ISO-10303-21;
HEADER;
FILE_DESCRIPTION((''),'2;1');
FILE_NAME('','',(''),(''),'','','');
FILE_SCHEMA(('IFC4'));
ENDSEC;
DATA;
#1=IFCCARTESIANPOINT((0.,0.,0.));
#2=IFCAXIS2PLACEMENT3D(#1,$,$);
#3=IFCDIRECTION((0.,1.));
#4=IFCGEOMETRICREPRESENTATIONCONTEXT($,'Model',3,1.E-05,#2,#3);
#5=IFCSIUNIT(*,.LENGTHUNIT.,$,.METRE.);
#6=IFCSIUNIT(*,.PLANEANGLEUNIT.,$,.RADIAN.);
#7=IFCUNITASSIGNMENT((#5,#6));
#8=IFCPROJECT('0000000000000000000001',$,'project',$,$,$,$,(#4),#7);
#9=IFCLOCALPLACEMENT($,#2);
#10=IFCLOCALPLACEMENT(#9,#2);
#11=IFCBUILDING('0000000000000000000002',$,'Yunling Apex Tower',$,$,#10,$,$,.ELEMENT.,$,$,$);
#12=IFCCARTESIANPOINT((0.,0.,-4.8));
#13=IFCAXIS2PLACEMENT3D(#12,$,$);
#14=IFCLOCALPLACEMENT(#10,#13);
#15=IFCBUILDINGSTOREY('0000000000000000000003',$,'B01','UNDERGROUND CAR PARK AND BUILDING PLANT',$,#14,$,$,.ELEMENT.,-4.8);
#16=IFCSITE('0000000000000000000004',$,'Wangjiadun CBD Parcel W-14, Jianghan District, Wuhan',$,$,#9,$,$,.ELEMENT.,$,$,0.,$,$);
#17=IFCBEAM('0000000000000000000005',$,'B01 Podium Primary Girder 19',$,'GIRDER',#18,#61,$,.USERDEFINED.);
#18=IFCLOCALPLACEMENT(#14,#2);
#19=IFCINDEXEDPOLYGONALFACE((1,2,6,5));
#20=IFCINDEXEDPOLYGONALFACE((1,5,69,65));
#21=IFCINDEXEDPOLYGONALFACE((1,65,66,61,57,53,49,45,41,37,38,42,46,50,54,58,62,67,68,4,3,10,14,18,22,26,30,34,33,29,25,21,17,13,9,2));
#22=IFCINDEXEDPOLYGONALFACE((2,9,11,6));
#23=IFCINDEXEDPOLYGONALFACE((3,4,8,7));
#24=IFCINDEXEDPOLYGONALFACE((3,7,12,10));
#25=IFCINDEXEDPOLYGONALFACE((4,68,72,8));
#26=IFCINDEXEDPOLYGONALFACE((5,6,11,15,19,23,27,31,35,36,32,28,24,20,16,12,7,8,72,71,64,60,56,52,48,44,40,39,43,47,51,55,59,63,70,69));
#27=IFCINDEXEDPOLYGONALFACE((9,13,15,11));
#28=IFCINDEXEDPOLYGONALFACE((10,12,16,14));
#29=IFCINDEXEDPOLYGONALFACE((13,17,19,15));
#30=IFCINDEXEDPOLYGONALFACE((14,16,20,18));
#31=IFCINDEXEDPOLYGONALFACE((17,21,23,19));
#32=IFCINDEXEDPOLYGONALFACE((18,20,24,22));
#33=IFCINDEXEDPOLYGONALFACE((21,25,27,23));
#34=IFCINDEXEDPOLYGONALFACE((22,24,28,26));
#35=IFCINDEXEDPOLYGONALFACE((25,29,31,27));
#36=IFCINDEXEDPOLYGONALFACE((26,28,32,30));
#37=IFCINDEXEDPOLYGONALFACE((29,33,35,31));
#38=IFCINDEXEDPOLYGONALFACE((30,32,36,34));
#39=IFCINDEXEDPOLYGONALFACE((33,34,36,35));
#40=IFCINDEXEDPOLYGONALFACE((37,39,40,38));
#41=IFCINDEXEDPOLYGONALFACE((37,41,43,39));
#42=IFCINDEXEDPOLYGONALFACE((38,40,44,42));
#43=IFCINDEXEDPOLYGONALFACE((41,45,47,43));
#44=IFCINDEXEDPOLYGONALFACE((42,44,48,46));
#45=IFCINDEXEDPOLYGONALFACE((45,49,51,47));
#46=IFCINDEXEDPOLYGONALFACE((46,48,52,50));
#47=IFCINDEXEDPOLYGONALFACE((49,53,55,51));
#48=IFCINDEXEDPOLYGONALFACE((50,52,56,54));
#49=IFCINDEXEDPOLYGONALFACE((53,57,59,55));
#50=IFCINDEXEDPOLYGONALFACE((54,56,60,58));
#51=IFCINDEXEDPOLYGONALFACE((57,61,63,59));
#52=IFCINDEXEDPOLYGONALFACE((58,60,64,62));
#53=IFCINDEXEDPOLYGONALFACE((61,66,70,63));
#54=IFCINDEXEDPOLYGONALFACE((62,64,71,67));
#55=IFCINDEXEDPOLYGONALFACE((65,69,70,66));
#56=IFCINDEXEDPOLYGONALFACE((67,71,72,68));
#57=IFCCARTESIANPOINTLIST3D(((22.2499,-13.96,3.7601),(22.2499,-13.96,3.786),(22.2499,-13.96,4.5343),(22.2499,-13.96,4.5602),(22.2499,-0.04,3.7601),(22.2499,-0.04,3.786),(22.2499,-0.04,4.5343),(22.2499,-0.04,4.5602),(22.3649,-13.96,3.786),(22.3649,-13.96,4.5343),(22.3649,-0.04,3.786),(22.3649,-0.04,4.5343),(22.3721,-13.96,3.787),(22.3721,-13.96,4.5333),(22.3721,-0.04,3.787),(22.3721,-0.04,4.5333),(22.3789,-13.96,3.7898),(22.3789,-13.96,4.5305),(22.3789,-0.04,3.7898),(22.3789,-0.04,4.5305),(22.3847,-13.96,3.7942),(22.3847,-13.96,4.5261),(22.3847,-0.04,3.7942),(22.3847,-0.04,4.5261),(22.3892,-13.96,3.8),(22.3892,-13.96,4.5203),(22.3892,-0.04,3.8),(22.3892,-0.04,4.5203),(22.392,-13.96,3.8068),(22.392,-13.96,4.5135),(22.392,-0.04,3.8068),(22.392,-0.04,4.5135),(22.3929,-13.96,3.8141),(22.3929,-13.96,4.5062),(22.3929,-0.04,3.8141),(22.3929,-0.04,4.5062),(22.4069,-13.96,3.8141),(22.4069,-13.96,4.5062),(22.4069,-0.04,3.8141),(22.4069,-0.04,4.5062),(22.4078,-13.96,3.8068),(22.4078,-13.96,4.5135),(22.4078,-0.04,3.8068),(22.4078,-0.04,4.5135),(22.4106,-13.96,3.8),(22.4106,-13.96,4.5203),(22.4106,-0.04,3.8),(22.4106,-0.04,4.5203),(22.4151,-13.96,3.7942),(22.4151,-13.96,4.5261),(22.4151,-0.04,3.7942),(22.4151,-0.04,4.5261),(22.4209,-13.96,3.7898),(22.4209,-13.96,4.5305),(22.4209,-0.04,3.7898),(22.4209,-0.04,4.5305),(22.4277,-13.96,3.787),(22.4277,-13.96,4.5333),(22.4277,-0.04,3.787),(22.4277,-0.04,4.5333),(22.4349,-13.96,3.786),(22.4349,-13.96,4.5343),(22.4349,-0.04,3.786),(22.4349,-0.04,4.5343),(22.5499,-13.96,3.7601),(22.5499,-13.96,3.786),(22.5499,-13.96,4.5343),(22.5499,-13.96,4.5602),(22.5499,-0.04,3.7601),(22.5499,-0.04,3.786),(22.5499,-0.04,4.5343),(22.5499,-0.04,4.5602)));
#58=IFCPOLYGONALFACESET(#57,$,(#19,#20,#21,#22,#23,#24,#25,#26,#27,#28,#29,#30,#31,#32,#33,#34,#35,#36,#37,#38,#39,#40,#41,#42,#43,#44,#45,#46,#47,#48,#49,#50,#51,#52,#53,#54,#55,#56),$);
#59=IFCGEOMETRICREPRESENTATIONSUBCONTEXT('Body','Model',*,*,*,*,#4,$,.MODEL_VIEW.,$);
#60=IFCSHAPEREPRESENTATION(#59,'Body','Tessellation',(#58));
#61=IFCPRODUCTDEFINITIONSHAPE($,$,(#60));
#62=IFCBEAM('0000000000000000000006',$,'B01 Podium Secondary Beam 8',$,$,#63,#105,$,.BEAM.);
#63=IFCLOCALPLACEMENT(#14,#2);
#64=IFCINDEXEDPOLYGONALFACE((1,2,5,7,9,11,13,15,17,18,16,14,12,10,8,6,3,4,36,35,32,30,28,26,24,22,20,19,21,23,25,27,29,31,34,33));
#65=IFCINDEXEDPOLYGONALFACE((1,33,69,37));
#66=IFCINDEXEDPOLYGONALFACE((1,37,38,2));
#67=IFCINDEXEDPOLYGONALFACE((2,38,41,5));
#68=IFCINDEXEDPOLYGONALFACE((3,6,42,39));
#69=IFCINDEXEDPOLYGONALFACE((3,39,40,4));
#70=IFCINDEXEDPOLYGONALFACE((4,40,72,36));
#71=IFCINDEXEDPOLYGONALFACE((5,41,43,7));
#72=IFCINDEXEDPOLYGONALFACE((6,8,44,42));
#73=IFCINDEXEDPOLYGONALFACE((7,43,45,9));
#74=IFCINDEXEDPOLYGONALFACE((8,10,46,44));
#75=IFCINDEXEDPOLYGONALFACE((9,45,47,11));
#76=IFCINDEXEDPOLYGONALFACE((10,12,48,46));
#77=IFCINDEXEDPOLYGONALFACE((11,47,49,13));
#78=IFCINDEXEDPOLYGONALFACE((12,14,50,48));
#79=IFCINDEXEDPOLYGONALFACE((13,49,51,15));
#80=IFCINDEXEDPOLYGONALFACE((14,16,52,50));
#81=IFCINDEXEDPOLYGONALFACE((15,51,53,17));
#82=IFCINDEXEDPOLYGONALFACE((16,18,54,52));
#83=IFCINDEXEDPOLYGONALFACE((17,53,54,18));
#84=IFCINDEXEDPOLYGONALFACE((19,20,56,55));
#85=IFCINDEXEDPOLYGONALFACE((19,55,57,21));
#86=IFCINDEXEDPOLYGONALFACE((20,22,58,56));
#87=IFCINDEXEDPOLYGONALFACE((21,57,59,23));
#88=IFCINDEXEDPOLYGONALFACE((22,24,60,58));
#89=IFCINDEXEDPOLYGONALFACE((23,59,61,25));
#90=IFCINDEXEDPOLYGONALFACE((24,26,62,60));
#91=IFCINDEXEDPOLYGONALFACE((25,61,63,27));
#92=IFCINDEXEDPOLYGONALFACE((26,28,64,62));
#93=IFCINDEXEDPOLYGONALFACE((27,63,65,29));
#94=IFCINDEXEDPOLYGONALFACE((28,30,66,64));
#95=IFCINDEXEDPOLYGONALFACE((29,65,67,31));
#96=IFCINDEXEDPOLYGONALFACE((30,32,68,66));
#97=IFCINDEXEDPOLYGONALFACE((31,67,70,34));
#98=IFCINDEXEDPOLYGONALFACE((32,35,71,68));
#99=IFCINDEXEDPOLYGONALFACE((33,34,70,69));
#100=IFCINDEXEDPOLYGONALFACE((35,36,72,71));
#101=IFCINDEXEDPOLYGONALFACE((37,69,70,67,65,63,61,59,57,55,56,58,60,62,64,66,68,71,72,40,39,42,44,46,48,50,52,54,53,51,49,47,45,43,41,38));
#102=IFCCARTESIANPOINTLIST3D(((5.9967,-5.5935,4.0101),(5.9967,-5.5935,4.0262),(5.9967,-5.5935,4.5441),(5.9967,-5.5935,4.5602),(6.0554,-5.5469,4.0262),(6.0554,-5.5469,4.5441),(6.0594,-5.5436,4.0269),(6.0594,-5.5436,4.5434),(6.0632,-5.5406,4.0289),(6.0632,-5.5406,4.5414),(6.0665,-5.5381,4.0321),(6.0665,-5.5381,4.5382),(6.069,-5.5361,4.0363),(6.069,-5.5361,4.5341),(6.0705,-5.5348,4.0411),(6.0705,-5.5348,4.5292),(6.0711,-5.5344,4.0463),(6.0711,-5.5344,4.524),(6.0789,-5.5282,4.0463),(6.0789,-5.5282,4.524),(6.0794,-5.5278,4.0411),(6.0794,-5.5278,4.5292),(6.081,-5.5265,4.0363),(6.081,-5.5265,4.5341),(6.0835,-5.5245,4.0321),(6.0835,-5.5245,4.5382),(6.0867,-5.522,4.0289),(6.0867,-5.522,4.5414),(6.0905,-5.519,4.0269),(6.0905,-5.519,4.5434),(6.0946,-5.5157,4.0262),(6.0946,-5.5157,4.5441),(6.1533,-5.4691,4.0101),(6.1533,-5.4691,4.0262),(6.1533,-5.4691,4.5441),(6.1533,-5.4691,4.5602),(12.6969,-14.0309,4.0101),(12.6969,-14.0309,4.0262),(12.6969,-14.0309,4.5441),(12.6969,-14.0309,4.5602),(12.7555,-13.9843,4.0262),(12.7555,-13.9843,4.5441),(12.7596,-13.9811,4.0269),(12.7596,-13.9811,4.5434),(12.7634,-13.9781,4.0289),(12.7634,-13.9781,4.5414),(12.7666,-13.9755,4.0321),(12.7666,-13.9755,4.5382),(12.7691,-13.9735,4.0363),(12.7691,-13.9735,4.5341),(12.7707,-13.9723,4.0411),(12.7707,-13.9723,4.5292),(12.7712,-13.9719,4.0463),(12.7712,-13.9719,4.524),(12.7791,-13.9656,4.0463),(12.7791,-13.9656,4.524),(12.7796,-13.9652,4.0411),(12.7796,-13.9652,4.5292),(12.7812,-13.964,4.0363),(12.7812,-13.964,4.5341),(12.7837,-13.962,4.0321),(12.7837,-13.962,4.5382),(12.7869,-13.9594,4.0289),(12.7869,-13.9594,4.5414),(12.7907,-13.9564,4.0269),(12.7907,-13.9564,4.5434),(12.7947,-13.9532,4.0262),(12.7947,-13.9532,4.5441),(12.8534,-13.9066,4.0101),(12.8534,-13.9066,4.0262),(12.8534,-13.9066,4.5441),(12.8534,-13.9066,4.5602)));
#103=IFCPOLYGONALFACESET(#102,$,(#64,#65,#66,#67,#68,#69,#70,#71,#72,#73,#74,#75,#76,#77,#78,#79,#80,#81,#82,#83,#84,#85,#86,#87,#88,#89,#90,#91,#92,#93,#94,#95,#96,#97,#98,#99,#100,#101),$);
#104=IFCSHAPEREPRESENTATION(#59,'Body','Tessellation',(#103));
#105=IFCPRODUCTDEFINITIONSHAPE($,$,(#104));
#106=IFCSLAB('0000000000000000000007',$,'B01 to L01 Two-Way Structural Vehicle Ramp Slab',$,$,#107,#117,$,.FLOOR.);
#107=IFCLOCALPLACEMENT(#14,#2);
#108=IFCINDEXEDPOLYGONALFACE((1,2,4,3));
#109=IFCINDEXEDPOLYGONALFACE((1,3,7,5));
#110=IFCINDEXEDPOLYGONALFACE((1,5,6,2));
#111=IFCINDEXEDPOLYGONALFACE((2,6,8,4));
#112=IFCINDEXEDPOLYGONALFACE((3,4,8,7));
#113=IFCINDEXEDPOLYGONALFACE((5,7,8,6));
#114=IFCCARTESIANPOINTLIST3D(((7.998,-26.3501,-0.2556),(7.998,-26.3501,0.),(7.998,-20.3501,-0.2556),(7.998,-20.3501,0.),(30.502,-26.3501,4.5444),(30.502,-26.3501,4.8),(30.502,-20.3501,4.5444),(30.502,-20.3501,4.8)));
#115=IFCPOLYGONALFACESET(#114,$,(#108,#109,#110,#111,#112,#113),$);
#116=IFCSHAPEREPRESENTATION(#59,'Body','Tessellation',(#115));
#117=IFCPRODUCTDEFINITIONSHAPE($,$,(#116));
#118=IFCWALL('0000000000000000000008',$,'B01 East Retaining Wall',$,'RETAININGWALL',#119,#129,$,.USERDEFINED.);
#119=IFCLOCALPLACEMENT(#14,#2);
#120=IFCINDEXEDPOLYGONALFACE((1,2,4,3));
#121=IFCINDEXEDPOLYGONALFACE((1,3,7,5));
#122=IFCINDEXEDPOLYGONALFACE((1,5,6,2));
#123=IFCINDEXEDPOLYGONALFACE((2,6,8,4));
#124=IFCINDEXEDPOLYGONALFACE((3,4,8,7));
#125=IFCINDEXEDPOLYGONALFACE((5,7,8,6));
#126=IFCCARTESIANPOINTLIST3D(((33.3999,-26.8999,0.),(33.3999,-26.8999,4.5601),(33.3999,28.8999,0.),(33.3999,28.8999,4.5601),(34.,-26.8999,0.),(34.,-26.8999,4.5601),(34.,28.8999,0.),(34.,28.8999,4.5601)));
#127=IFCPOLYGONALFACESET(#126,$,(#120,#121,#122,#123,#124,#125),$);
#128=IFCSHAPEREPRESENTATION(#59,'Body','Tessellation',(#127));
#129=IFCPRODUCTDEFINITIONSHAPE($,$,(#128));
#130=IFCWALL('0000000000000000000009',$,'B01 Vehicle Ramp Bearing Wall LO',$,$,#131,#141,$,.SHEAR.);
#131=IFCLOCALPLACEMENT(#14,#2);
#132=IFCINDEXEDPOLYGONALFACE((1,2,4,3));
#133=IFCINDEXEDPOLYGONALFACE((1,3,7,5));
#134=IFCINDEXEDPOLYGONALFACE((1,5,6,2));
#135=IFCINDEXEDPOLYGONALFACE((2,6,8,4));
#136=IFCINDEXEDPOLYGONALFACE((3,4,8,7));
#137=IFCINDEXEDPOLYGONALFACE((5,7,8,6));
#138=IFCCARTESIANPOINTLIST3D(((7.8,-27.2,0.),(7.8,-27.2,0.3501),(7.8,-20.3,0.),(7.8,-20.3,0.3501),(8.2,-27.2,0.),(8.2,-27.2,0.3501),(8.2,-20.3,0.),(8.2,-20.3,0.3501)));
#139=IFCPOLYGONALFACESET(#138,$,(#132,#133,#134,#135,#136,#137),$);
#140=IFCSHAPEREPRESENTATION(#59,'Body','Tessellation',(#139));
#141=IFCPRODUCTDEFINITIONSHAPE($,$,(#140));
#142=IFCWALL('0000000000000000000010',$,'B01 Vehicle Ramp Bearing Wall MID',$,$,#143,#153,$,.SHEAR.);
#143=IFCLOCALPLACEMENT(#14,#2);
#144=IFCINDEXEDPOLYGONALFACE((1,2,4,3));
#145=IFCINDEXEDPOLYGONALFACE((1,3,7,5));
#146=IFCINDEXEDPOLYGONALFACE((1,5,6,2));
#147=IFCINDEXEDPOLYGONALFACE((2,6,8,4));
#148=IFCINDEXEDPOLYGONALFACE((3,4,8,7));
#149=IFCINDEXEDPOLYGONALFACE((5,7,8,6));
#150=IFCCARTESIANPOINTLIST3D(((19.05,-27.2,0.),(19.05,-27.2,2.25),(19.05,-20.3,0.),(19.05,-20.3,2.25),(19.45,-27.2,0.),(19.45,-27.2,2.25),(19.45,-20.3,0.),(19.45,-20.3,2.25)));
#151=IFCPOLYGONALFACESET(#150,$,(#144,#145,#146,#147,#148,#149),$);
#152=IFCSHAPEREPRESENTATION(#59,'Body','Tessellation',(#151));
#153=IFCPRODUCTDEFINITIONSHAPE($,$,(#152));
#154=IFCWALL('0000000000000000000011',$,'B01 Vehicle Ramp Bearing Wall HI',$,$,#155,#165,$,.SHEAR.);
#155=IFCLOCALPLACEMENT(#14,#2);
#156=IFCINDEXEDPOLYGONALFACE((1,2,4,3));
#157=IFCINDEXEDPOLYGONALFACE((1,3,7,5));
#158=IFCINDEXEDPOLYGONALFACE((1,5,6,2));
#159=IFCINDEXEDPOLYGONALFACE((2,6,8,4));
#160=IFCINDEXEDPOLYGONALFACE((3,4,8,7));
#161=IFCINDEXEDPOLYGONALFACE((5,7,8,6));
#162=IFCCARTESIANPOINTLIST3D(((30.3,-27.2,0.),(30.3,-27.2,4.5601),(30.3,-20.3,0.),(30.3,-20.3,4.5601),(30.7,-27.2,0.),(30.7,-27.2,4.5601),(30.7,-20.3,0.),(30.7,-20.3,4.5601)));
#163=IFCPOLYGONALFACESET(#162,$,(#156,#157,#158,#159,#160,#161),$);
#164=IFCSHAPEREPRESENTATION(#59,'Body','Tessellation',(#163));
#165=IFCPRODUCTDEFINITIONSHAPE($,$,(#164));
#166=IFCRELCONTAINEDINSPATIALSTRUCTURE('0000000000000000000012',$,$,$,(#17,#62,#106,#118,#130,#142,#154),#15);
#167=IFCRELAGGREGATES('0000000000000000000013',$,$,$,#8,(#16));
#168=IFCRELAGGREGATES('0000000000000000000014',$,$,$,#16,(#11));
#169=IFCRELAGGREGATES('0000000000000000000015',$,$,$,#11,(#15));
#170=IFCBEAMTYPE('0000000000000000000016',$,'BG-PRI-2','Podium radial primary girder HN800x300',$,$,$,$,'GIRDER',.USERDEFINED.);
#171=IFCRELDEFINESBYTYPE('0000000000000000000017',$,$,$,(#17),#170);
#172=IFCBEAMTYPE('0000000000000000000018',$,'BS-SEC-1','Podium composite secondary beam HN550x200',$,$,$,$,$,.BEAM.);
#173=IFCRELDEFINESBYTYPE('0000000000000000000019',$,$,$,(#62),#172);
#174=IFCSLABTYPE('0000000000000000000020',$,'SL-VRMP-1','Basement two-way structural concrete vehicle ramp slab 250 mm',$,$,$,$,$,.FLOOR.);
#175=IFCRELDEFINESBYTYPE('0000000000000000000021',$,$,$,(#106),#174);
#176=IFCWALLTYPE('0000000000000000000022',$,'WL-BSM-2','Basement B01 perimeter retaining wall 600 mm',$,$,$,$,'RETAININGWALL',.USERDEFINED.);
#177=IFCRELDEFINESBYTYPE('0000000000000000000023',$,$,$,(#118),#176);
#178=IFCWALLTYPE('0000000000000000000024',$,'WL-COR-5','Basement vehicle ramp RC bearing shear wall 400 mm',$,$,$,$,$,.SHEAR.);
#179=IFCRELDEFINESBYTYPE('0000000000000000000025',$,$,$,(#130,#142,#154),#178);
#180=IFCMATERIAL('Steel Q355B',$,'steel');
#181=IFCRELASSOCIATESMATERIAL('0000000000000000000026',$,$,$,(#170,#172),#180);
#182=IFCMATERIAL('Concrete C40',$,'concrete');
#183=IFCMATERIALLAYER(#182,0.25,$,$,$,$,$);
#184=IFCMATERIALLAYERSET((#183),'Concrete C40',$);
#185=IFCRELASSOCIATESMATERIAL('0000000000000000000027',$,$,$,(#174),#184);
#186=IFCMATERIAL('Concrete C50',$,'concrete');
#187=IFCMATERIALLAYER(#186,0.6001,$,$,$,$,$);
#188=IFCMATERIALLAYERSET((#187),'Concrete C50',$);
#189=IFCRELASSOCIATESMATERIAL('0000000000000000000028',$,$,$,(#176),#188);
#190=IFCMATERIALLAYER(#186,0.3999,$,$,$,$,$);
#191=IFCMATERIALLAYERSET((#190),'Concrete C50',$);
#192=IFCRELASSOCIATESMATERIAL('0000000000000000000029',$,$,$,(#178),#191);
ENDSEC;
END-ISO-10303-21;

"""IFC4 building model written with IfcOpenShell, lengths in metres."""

from ifc_helpers import new_model, si_unit, direction, frame, frame_2d, origin, origin_2d, place, context, subcontext, project, spatial, polyline, rectangle, i_section, outline, extrude, source, transform, mapped, material, layer, layer_set, material_profile, profile_set, type_object, element, save


model = new_model("IFC4")

# Units and contexts
model_context = context("Model", 3, precision=1e-05, world=origin(), true_north=direction((0.0, 1.0)))
body_context = subcontext(model_context, "Body", "Model", "MODEL_VIEW")
ifc_project = project(units=[si_unit("LENGTHUNIT", "METRE"), si_unit("PLANEANGLEUNIT", "RADIAN")], contexts=[model_context])

# Site, building, storey
site_placement = place(None, origin())
site = spatial("IfcSite", under=ifc_project, at=site_placement, Name="Wangjiadun CBD Parcel W-14, Jianghan District, Wuhan", CompositionType="ELEMENT", RefElevation=0.0)
building_placement = place(site_placement, origin())
building = spatial("IfcBuilding", under=site, at=building_placement, Name="Yunling Apex Tower", CompositionType="ELEMENT")
storey_placement = place(building_placement, frame((0.0, 0.0, -4.8)))
storey = spatial("IfcBuildingStorey", under=building, at=storey_placement, Name="B01", Description="UNDERGROUND CAR PARK AND BUILDING PLANT", CompositionType="ELEMENT", Elevation=-4.8)

# Beams
ifc_material_1 = material(Name="Steel Q355B", Category="steel")
ifc_material_profile_1 = material_profile(ifc_material_1, i_section(OverallWidth=0.3, OverallDepth=0.8, WebThickness=0.0139, FlangeThickness=0.0259, FilletRadius=0.0281, at=origin_2d()))
ifc_profile_set_1 = profile_set([ifc_material_profile_1], Name="Steel Q355B")
beam_type_1 = type_object("IfcBeamType", Name="BG-PRI-2", Description="Podium radial primary girder HN800x300", ElementType="GIRDER", PredefinedType="USERDEFINED", material=ifc_profile_set_1)
shared_shape_1 = source(origin(), body_context, "Body", "SweptSolid", [
    extrude(i_section(OverallWidth=0.3, OverallDepth=0.8, WebThickness=0.0139, FlangeThickness=0.0259, FilletRadius=0.0281, at=origin_2d()), origin(), (0.0, 0.0, 1.0), 13.9199),
])
beam_1_placement = place(storey_placement, frame((22.3999, -0.04, 4.1602), z_axis=(0.0, -1.0, 0.0), x_axis=(1.0, 0.0, 0.0)))
element("IfcBeam", 1, at=beam_1_placement, inside=storey, type_object=beam_type_1, Name="B01 Podium Primary Girder 19", ObjectType="GIRDER", PredefinedType="USERDEFINED", context=body_context, shape_type="MappedRepresentation", body=[
    mapped(shared_shape_1, transform((0.0, 0.0, 0.0), scale=1.0)),
])
ifc_material_profile_2 = material_profile(ifc_material_1, i_section(OverallWidth=0.2, OverallDepth=0.55, WebThickness=0.01, FlangeThickness=0.0161, FilletRadius=0.02, at=origin_2d()))
ifc_profile_set_2 = profile_set([ifc_material_profile_2], Name="Steel Q355B")
beam_type_2 = type_object("IfcBeamType", Name="BS-SEC-1", Description="Podium composite secondary beam HN550x200", PredefinedType="BEAM", material=ifc_profile_set_2)
shared_shape_2 = source(origin(), body_context, "Body", "SweptSolid", [
    extrude(i_section(OverallWidth=0.2, OverallDepth=0.55, WebThickness=0.01, FlangeThickness=0.0161, FilletRadius=0.02, at=origin_2d()), origin(), (0.0, 0.0, 1.0), 10.7742),
])
beam_2_placement = place(storey_placement, frame((12.7751, -13.9688, 4.2852), z_axis=(-0.621872, 0.783119, 0.0), x_axis=(-0.783119, -0.621872, 0.0)))
element("IfcBeam", 2, at=beam_2_placement, inside=storey, type_object=beam_type_2, Name="B01 Podium Secondary Beam 8", PredefinedType="BEAM", context=body_context, shape_type="MappedRepresentation", body=[
    mapped(shared_shape_2, transform((0.0, 0.0, 0.0), scale=1.0)),
])

# Slab
ifc_material_2 = material(Name="Concrete C40", Category="concrete")
ifc_layer_1 = layer(ifc_material_2, 0.25)
ifc_layer_set_1 = layer_set([ifc_layer_1], Name="Concrete C40")
slab_type = type_object("IfcSlabType", Name="SL-VRMP-1", Description="Basement two-way structural concrete vehicle ramp slab 250 mm", PredefinedType="FLOOR", material=ifc_layer_set_1)
slab_placement = place(storey_placement, frame((7.998, -26.3501, 0.0), z_axis=(-0.208606, 0.0, 0.978), x_axis=(0.978, 0.0, 0.208606)))
element("IfcSlab", 3, at=slab_placement, inside=storey, type_object=slab_type, Name="B01 to L01 Two-Way Structural Vehicle Ramp Slab", PredefinedType="FLOOR", context=body_context, shape_type="SweptSolid", body=[
    extrude(outline(polyline([(0.0, 0.0), (23.0101, 0.0), (23.0101, 6.0), (0.0, 6.0), (0.0, 0.0)])), origin(), (-0.208606, 0.0, -0.978), 0.2556),
])

# Walls
ifc_material_3 = material(Name="Concrete C50", Category="concrete")
ifc_layer_2 = layer(ifc_material_3, 0.6001)
ifc_layer_set_2 = layer_set([ifc_layer_2], Name="Concrete C50")
wall_type_1 = type_object("IfcWallType", Name="WL-BSM-2", Description="Basement B01 perimeter retaining wall 600 mm", ElementType="RETAININGWALL", PredefinedType="USERDEFINED", material=ifc_layer_set_2)
wall_1_placement = place(storey_placement, frame((33.7, -26.8999, 0.0), z_axis=(0.0, 0.0, 1.0), x_axis=(0.0, 1.0, 0.0)))
element("IfcWall", 4, at=wall_1_placement, inside=storey, type_object=wall_type_1, Name="B01 East Retaining Wall", ObjectType="RETAININGWALL", PredefinedType="USERDEFINED", context=body_context, shape_type="SweptSolid", body=[
    extrude(rectangle(XDim=55.7998, YDim=0.6001, at=frame_2d((27.8999, 0.0))), origin(), (0.0, 0.0, 1.0), 4.5601),
])
ifc_layer_3 = layer(ifc_material_3, 0.3999)
ifc_layer_set_3 = layer_set([ifc_layer_3], Name="Concrete C50")
wall_type_2 = type_object("IfcWallType", Name="WL-COR-5", Description="Basement vehicle ramp RC bearing shear wall 400 mm", PredefinedType="SHEAR", material=ifc_layer_set_3)
wall_2_placement = place(storey_placement, frame((8.0, -27.2, 0.0), z_axis=(0.0, 0.0, 1.0), x_axis=(0.0, 1.0, 0.0)))
element("IfcWall", 5, at=wall_2_placement, inside=storey, type_object=wall_type_2, Name="B01 Vehicle Ramp Bearing Wall LO", PredefinedType="SHEAR", context=body_context, shape_type="SweptSolid", body=[
    extrude(rectangle(XDim=6.8999, YDim=0.3999, at=frame_2d((3.45, 0.0))), origin(), (0.0, 0.0, 1.0), 0.3501),
])
wall_3_placement = place(storey_placement, frame((19.25, -27.2, 0.0), z_axis=(0.0, 0.0, 1.0), x_axis=(0.0, 1.0, 0.0)))
element("IfcWall", 6, at=wall_3_placement, inside=storey, type_object=wall_type_2, Name="B01 Vehicle Ramp Bearing Wall MID", PredefinedType="SHEAR", context=body_context, shape_type="SweptSolid", body=[
    extrude(rectangle(XDim=6.8999, YDim=0.3999, at=frame_2d((3.45, 0.0))), origin(), (0.0, 0.0, 1.0), 2.25),
])
wall_4_placement = place(storey_placement, frame((30.5, -27.2, 0.0), z_axis=(0.0, 0.0, 1.0), x_axis=(0.0, 1.0, 0.0)))
element("IfcWall", 7, at=wall_4_placement, inside=storey, type_object=wall_type_2, Name="B01 Vehicle Ramp Bearing Wall HI", PredefinedType="SHEAR", context=body_context, shape_type="SweptSolid", body=[
    extrude(rectangle(XDim=6.8999, YDim=0.3999, at=frame_2d((3.45, 0.0))), origin(), (0.0, 0.0, 1.0), 4.5601),
])

save(model, "model.ifc")
